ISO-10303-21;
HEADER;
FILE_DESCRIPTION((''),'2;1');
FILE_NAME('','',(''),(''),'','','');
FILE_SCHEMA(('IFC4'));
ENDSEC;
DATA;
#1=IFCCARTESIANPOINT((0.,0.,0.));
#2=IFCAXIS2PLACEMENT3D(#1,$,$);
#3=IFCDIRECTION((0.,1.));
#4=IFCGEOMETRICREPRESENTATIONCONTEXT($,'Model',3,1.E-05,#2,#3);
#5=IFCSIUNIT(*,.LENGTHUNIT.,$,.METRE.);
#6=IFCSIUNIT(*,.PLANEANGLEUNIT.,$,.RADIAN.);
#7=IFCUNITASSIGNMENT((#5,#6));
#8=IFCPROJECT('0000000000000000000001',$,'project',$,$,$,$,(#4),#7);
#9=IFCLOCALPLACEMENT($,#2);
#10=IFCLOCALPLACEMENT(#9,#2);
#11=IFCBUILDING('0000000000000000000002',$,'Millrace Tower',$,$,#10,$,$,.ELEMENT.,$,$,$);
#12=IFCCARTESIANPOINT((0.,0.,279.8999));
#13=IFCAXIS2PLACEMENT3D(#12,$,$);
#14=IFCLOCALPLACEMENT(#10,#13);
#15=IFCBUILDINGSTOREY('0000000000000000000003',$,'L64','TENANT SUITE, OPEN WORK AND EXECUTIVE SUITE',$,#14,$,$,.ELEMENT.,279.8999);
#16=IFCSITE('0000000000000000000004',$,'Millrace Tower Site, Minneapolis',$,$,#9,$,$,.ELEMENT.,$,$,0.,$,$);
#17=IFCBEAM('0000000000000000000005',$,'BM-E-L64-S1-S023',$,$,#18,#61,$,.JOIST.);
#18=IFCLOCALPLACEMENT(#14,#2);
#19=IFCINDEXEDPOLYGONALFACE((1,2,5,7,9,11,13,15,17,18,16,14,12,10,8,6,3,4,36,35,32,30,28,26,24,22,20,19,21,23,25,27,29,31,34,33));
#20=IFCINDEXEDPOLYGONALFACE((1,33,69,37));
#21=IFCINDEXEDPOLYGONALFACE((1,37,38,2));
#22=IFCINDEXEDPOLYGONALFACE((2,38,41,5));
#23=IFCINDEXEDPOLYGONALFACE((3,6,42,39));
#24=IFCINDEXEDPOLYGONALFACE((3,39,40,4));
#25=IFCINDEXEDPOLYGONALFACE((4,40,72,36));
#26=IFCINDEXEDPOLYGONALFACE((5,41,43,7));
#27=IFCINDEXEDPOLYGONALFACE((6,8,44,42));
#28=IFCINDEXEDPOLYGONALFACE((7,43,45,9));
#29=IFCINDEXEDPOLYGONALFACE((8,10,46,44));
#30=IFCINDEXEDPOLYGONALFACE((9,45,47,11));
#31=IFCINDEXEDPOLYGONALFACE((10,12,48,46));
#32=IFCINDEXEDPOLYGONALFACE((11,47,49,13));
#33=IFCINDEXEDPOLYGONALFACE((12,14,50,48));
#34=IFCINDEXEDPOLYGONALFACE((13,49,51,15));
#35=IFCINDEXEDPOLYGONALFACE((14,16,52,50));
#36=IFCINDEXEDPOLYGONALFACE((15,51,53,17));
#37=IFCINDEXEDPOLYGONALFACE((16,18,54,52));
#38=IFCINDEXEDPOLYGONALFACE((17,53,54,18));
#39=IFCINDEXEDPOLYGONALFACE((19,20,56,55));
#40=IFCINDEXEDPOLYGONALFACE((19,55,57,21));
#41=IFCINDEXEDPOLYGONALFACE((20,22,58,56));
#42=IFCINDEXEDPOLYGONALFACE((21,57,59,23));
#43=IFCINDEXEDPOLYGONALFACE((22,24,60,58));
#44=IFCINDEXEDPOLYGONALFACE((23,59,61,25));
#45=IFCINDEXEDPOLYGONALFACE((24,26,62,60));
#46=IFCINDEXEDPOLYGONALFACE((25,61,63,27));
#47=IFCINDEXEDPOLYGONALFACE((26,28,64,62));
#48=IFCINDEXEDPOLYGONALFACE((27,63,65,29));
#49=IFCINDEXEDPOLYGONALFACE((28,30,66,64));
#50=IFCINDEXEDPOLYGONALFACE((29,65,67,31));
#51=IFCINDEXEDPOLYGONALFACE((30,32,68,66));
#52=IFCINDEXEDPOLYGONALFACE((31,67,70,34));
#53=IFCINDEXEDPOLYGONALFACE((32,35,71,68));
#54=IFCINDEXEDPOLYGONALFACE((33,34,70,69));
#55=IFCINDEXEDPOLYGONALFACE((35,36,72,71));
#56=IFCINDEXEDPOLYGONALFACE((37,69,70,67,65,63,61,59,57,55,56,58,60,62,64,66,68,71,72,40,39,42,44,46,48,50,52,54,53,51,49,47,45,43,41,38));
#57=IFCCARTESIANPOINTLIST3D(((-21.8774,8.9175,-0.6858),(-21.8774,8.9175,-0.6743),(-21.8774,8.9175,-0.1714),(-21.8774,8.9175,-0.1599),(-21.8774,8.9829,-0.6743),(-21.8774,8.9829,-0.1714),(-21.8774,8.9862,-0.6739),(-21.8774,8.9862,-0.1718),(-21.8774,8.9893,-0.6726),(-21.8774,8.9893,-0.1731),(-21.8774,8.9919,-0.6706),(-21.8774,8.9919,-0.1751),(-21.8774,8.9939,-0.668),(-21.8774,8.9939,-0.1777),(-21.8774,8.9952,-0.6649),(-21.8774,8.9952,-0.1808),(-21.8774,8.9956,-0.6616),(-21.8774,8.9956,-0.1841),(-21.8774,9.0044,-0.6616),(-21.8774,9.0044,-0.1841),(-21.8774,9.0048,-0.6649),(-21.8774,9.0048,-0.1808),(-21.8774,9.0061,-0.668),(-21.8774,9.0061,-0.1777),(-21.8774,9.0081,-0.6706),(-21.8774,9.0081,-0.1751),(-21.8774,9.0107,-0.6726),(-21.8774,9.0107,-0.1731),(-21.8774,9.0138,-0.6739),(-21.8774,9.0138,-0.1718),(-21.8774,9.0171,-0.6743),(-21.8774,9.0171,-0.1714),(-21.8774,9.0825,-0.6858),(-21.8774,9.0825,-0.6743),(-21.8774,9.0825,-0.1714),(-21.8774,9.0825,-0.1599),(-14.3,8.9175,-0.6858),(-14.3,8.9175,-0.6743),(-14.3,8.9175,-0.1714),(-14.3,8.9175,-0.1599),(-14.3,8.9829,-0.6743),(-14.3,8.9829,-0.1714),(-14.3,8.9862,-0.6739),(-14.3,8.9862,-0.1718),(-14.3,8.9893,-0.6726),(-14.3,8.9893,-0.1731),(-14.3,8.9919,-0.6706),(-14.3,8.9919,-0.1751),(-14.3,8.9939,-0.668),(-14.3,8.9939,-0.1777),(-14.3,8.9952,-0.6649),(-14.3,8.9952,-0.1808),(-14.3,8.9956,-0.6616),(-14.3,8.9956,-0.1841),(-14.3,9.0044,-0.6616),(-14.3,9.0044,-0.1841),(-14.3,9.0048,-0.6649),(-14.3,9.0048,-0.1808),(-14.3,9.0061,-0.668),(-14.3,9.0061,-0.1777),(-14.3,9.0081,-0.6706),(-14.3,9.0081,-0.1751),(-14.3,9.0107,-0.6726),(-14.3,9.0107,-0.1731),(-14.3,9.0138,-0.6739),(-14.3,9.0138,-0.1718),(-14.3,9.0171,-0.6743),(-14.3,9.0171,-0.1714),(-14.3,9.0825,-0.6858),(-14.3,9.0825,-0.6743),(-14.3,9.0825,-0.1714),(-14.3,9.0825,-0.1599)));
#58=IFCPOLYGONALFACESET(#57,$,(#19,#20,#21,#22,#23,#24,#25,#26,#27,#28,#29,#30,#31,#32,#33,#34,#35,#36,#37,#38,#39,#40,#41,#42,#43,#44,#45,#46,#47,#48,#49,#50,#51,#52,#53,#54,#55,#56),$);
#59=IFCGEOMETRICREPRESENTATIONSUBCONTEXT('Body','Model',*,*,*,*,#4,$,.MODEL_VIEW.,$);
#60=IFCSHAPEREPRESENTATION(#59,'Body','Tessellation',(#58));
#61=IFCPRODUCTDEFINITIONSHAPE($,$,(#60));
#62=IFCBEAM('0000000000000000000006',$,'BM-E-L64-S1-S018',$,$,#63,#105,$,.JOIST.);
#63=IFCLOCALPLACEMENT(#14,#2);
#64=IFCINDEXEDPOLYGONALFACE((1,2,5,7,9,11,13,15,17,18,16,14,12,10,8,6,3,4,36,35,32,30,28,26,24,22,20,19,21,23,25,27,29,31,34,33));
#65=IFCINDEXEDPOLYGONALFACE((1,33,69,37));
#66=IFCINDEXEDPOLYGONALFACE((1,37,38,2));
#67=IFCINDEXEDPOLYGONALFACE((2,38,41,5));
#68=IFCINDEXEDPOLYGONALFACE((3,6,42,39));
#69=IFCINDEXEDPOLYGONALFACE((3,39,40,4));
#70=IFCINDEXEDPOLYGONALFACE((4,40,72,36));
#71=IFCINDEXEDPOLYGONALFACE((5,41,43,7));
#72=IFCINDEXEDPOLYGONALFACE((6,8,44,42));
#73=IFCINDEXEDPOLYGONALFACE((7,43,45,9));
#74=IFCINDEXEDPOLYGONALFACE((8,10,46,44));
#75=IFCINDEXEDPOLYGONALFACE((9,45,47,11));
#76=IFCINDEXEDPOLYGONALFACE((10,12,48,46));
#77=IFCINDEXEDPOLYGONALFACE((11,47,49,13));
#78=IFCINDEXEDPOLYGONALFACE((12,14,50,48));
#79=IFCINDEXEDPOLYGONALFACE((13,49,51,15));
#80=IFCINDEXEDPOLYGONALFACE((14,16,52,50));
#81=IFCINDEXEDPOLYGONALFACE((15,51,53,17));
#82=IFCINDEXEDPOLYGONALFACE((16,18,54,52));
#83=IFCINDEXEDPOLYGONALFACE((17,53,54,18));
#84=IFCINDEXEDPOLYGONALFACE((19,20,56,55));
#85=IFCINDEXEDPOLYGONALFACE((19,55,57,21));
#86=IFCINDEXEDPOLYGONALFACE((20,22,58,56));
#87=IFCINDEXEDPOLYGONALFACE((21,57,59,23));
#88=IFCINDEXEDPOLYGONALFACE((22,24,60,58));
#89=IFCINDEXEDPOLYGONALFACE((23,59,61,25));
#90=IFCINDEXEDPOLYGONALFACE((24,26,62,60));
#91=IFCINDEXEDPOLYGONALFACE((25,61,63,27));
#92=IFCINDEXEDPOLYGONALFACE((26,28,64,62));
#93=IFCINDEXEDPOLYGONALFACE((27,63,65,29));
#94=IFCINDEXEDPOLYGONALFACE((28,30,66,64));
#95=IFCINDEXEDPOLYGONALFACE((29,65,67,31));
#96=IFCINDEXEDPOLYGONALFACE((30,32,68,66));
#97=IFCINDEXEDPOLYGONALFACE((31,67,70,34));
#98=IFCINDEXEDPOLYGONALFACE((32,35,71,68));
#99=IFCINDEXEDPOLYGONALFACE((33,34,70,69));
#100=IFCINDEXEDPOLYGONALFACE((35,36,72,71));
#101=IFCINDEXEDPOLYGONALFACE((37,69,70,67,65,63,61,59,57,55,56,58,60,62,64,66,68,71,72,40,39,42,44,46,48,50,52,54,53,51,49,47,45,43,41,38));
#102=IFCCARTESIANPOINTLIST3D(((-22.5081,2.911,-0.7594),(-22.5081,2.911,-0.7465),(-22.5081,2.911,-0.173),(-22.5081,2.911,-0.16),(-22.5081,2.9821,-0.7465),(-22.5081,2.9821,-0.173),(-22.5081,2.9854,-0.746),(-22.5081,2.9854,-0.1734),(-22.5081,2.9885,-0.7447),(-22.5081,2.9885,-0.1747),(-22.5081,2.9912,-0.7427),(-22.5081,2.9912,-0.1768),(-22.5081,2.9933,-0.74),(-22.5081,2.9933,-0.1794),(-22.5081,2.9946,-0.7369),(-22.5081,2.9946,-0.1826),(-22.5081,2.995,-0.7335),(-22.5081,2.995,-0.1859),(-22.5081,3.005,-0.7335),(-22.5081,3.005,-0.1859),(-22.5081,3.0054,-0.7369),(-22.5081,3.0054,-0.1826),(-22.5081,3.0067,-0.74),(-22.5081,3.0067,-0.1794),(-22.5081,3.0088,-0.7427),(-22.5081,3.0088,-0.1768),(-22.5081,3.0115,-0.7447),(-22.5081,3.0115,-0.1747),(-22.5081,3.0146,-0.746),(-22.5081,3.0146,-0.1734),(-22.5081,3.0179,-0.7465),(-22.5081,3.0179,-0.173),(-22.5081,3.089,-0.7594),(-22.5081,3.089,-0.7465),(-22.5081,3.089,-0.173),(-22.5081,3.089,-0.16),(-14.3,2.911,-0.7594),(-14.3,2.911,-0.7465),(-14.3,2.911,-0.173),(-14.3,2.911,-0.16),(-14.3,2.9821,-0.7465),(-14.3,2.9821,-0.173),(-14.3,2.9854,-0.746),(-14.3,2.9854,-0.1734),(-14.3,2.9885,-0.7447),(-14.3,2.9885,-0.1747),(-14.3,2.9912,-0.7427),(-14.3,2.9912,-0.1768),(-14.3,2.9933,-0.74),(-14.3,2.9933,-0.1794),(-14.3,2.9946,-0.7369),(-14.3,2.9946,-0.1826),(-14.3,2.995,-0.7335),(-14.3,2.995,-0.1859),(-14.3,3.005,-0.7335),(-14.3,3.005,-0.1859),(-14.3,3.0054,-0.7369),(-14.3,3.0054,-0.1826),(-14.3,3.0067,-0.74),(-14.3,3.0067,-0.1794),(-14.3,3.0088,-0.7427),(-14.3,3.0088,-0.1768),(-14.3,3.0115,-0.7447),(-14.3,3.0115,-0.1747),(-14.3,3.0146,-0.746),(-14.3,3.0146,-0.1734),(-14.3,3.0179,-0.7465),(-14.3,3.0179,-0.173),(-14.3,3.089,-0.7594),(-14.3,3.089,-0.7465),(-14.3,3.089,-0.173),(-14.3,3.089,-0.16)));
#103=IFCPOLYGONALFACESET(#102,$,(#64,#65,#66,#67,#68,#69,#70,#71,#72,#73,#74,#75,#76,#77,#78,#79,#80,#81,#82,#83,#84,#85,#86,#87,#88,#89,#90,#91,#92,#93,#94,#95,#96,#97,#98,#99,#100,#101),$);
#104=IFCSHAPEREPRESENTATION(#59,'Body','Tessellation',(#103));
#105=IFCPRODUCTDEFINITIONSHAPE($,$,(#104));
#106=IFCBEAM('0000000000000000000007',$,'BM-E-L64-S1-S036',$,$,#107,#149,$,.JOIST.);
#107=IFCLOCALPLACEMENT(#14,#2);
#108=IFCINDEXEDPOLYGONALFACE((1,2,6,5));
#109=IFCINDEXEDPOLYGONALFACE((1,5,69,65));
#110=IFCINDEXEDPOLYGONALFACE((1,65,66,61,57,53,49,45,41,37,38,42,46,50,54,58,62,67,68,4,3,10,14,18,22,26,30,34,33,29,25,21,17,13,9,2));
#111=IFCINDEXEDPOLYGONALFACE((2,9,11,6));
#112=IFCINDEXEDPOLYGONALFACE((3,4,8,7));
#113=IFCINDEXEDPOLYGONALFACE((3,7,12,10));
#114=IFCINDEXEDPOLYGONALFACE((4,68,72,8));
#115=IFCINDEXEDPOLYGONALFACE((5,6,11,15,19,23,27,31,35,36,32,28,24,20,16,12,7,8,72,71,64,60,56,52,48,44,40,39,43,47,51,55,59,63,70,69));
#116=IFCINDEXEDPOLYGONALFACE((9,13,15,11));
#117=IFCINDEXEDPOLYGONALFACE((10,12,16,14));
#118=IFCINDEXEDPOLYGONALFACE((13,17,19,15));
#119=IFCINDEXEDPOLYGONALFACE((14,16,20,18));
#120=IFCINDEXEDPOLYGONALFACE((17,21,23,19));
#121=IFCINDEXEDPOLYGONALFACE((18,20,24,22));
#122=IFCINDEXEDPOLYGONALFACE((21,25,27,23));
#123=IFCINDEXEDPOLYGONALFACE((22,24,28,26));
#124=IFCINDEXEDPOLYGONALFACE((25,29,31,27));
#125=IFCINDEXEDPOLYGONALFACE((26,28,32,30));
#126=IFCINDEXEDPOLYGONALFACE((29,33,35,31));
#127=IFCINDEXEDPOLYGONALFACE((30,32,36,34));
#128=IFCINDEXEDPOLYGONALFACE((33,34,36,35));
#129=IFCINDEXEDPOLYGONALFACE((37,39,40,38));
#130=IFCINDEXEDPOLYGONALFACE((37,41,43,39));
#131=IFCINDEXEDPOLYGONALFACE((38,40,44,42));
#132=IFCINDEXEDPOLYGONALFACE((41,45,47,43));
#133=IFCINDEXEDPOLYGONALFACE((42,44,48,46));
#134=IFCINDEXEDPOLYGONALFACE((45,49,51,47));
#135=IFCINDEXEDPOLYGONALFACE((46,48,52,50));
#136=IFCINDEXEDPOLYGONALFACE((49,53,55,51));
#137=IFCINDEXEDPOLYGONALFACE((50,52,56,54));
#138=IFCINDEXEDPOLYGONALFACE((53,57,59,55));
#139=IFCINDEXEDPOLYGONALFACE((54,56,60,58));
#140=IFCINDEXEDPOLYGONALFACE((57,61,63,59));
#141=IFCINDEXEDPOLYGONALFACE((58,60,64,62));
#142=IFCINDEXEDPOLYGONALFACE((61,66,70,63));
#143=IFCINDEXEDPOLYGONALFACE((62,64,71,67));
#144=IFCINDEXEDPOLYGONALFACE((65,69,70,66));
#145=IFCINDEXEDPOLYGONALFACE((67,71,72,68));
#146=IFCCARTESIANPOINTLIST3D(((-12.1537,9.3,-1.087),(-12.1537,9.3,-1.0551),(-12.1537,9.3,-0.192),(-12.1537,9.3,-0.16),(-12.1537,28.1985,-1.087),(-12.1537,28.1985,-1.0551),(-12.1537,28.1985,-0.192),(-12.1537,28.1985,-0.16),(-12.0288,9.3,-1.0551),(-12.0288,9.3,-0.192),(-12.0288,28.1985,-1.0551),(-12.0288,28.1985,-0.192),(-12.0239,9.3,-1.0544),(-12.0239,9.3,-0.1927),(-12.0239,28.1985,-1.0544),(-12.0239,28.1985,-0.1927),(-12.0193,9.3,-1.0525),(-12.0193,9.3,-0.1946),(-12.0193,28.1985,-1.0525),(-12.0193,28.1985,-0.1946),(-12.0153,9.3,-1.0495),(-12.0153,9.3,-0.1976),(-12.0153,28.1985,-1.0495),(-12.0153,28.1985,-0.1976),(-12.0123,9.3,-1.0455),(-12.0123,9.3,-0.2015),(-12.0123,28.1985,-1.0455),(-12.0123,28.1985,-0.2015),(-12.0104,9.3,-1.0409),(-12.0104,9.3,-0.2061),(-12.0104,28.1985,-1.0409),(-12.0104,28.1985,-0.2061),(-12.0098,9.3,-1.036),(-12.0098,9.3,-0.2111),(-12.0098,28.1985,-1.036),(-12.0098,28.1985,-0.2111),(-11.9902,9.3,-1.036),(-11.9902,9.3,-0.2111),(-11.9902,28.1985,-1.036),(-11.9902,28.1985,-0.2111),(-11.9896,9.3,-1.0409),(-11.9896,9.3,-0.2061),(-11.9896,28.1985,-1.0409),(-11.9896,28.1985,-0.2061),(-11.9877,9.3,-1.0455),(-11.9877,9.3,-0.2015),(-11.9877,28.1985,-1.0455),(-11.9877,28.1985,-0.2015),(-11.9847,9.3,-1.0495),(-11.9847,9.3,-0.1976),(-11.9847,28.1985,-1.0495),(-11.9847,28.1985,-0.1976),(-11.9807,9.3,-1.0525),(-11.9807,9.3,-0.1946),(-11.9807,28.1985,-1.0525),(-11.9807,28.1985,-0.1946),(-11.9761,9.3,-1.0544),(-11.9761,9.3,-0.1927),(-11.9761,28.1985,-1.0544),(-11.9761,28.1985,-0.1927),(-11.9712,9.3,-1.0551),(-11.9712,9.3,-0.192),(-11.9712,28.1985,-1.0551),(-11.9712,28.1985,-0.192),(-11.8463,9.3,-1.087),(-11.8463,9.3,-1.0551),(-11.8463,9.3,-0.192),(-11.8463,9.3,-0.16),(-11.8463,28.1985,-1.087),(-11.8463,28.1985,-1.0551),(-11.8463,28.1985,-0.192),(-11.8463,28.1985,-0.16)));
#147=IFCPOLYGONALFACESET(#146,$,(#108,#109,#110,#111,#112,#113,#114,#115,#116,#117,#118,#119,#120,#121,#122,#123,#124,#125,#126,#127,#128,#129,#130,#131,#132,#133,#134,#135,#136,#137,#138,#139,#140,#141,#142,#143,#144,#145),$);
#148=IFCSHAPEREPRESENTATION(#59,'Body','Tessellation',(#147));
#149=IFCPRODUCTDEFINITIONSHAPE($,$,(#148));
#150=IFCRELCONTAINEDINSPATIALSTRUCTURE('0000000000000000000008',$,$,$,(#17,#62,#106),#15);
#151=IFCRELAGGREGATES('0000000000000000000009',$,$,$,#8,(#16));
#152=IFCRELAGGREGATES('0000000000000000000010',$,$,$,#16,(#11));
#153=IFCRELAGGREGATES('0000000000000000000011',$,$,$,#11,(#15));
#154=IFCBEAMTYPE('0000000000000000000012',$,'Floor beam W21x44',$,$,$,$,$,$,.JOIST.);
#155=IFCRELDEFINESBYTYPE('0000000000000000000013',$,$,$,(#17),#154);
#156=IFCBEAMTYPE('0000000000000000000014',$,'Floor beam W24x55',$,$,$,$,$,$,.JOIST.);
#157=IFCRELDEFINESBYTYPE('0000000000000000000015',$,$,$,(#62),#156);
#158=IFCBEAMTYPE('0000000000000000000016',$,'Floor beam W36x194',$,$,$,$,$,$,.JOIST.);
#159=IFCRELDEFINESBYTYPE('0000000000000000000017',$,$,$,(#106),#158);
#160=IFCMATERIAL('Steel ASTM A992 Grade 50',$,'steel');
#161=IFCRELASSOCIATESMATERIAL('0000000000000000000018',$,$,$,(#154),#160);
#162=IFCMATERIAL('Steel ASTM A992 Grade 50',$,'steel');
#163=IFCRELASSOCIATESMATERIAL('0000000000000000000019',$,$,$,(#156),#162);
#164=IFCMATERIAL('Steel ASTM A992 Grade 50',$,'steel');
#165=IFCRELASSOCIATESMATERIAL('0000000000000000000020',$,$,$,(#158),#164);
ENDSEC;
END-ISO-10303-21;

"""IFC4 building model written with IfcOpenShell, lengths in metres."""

from ifc_helpers import new_model, si_unit, direction, frame, origin, origin_2d, place, context, subcontext, project, spatial, i_section, extrude, material, material_profile, profile_set, type_object, element, save


model = new_model("IFC4")

# Units and contexts
model_context = context("Model", 3, precision=1e-05, world=origin(), true_north=direction((0.0, 1.0)))
body_context = subcontext(model_context, "Body", "Model", "MODEL_VIEW")
ifc_project = project(units=[si_unit("LENGTHUNIT", "METRE"), si_unit("PLANEANGLEUNIT", "RADIAN")], contexts=[model_context])

# Site, building, storey
site_placement = place(None, origin())
site = spatial("IfcSite", under=ifc_project, at=site_placement, Name="Millrace Tower Site, Minneapolis", CompositionType="ELEMENT", RefElevation=0.0)
building_placement = place(site_placement, origin())
building = spatial("IfcBuilding", under=site, at=building_placement, Name="Millrace Tower", CompositionType="ELEMENT")
storey_placement = place(building_placement, frame((0.0, 0.0, 279.8999)))
storey = spatial("IfcBuildingStorey", under=building, at=storey_placement, Name="L64", Description="TENANT SUITE, OPEN WORK AND EXECUTIVE SUITE", CompositionType="ELEMENT", Elevation=279.8999)

# Beams
ifc_material_1 = material(Name="Steel ASTM A992 Grade 50", Category="steel")
ifc_material_profile_1 = material_profile(ifc_material_1, i_section(OverallWidth=0.165, OverallDepth=0.5259, WebThickness=0.0088, FlangeThickness=0.0115, FilletRadius=0.0127, at=origin_2d()))
ifc_profile_set_1 = profile_set([ifc_material_profile_1], Name="Steel ASTM A992 Grade 50")
beam_type_1 = type_object("IfcBeamType", Name="Floor beam W21x44", PredefinedType="JOIST", material=ifc_profile_set_1)
beam_1_placement = place(storey_placement, frame((-21.8774, 9.0, -0.4229), z_axis=(1.0, 0.0, 0.0), x_axis=(0.0, 1.0, 0.0)))
element("IfcBeam", 1, at=beam_1_placement, inside=storey, type_object=beam_type_1, Name="BM-E-L64-S1-S023", PredefinedType="JOIST", context=body_context, shape_type="SweptSolid", body=[
    extrude(i_section(OverallWidth=0.165, OverallDepth=0.5259, WebThickness=0.0088, FlangeThickness=0.0115, FilletRadius=0.0127, at=origin_2d()), origin(), (0.0, 0.0, 1.0), 7.5774),
])
ifc_material_2 = material(Name="Steel ASTM A992 Grade 50", Category="steel")
ifc_material_profile_2 = material_profile(ifc_material_2, i_section(OverallWidth=0.178, OverallDepth=0.5994, WebThickness=0.01, FlangeThickness=0.0129, FilletRadius=0.0129, at=origin_2d()))
ifc_profile_set_2 = profile_set([ifc_material_profile_2], Name="Steel ASTM A992 Grade 50")
beam_type_2 = type_object("IfcBeamType", Name="Floor beam W24x55", PredefinedType="JOIST", material=ifc_profile_set_2)
beam_2_placement = place(storey_placement, frame((-22.5081, 3.0, -0.4597), z_axis=(1.0, 0.0, 0.0), x_axis=(0.0, 1.0, 0.0)))
element("IfcBeam", 2, at=beam_2_placement, inside=storey, type_object=beam_type_2, Name="BM-E-L64-S1-S018", PredefinedType="JOIST", context=body_context, shape_type="SweptSolid", body=[
    extrude(i_section(OverallWidth=0.178, OverallDepth=0.5994, WebThickness=0.01, FlangeThickness=0.0129, FilletRadius=0.0129, at=origin_2d()), origin(), (0.0, 0.0, 1.0), 8.208),
])
ifc_material_3 = material(Name="Steel ASTM A992 Grade 50", Category="steel")
ifc_material_profile_3 = material_profile(ifc_material_3, i_section(OverallWidth=0.3074, OverallDepth=0.927, WebThickness=0.0195, FlangeThickness=0.032, FilletRadius=0.019, at=origin_2d()))
ifc_profile_set_3 = profile_set([ifc_material_profile_3], Name="Steel ASTM A992 Grade 50")
beam_type_3 = type_object("IfcBeamType", Name="Floor beam W36x194", PredefinedType="JOIST", material=ifc_profile_set_3)
beam_3_placement = place(storey_placement, frame((-12.0, 9.3, -0.6235), z_axis=(0.0, 1.0, 0.0), x_axis=(-1.0, 0.0, 0.0)))
element("IfcBeam", 3, at=beam_3_placement, inside=storey, type_object=beam_type_3, Name="BM-E-L64-S1-S036", PredefinedType="JOIST", context=body_context, shape_type="SweptSolid", body=[
    extrude(i_section(OverallWidth=0.3074, OverallDepth=0.927, WebThickness=0.0195, FlangeThickness=0.032, FilletRadius=0.019, at=origin_2d()), origin(), (0.0, 0.0, 1.0), 18.8984),
])

save(model, "model.ifc")
